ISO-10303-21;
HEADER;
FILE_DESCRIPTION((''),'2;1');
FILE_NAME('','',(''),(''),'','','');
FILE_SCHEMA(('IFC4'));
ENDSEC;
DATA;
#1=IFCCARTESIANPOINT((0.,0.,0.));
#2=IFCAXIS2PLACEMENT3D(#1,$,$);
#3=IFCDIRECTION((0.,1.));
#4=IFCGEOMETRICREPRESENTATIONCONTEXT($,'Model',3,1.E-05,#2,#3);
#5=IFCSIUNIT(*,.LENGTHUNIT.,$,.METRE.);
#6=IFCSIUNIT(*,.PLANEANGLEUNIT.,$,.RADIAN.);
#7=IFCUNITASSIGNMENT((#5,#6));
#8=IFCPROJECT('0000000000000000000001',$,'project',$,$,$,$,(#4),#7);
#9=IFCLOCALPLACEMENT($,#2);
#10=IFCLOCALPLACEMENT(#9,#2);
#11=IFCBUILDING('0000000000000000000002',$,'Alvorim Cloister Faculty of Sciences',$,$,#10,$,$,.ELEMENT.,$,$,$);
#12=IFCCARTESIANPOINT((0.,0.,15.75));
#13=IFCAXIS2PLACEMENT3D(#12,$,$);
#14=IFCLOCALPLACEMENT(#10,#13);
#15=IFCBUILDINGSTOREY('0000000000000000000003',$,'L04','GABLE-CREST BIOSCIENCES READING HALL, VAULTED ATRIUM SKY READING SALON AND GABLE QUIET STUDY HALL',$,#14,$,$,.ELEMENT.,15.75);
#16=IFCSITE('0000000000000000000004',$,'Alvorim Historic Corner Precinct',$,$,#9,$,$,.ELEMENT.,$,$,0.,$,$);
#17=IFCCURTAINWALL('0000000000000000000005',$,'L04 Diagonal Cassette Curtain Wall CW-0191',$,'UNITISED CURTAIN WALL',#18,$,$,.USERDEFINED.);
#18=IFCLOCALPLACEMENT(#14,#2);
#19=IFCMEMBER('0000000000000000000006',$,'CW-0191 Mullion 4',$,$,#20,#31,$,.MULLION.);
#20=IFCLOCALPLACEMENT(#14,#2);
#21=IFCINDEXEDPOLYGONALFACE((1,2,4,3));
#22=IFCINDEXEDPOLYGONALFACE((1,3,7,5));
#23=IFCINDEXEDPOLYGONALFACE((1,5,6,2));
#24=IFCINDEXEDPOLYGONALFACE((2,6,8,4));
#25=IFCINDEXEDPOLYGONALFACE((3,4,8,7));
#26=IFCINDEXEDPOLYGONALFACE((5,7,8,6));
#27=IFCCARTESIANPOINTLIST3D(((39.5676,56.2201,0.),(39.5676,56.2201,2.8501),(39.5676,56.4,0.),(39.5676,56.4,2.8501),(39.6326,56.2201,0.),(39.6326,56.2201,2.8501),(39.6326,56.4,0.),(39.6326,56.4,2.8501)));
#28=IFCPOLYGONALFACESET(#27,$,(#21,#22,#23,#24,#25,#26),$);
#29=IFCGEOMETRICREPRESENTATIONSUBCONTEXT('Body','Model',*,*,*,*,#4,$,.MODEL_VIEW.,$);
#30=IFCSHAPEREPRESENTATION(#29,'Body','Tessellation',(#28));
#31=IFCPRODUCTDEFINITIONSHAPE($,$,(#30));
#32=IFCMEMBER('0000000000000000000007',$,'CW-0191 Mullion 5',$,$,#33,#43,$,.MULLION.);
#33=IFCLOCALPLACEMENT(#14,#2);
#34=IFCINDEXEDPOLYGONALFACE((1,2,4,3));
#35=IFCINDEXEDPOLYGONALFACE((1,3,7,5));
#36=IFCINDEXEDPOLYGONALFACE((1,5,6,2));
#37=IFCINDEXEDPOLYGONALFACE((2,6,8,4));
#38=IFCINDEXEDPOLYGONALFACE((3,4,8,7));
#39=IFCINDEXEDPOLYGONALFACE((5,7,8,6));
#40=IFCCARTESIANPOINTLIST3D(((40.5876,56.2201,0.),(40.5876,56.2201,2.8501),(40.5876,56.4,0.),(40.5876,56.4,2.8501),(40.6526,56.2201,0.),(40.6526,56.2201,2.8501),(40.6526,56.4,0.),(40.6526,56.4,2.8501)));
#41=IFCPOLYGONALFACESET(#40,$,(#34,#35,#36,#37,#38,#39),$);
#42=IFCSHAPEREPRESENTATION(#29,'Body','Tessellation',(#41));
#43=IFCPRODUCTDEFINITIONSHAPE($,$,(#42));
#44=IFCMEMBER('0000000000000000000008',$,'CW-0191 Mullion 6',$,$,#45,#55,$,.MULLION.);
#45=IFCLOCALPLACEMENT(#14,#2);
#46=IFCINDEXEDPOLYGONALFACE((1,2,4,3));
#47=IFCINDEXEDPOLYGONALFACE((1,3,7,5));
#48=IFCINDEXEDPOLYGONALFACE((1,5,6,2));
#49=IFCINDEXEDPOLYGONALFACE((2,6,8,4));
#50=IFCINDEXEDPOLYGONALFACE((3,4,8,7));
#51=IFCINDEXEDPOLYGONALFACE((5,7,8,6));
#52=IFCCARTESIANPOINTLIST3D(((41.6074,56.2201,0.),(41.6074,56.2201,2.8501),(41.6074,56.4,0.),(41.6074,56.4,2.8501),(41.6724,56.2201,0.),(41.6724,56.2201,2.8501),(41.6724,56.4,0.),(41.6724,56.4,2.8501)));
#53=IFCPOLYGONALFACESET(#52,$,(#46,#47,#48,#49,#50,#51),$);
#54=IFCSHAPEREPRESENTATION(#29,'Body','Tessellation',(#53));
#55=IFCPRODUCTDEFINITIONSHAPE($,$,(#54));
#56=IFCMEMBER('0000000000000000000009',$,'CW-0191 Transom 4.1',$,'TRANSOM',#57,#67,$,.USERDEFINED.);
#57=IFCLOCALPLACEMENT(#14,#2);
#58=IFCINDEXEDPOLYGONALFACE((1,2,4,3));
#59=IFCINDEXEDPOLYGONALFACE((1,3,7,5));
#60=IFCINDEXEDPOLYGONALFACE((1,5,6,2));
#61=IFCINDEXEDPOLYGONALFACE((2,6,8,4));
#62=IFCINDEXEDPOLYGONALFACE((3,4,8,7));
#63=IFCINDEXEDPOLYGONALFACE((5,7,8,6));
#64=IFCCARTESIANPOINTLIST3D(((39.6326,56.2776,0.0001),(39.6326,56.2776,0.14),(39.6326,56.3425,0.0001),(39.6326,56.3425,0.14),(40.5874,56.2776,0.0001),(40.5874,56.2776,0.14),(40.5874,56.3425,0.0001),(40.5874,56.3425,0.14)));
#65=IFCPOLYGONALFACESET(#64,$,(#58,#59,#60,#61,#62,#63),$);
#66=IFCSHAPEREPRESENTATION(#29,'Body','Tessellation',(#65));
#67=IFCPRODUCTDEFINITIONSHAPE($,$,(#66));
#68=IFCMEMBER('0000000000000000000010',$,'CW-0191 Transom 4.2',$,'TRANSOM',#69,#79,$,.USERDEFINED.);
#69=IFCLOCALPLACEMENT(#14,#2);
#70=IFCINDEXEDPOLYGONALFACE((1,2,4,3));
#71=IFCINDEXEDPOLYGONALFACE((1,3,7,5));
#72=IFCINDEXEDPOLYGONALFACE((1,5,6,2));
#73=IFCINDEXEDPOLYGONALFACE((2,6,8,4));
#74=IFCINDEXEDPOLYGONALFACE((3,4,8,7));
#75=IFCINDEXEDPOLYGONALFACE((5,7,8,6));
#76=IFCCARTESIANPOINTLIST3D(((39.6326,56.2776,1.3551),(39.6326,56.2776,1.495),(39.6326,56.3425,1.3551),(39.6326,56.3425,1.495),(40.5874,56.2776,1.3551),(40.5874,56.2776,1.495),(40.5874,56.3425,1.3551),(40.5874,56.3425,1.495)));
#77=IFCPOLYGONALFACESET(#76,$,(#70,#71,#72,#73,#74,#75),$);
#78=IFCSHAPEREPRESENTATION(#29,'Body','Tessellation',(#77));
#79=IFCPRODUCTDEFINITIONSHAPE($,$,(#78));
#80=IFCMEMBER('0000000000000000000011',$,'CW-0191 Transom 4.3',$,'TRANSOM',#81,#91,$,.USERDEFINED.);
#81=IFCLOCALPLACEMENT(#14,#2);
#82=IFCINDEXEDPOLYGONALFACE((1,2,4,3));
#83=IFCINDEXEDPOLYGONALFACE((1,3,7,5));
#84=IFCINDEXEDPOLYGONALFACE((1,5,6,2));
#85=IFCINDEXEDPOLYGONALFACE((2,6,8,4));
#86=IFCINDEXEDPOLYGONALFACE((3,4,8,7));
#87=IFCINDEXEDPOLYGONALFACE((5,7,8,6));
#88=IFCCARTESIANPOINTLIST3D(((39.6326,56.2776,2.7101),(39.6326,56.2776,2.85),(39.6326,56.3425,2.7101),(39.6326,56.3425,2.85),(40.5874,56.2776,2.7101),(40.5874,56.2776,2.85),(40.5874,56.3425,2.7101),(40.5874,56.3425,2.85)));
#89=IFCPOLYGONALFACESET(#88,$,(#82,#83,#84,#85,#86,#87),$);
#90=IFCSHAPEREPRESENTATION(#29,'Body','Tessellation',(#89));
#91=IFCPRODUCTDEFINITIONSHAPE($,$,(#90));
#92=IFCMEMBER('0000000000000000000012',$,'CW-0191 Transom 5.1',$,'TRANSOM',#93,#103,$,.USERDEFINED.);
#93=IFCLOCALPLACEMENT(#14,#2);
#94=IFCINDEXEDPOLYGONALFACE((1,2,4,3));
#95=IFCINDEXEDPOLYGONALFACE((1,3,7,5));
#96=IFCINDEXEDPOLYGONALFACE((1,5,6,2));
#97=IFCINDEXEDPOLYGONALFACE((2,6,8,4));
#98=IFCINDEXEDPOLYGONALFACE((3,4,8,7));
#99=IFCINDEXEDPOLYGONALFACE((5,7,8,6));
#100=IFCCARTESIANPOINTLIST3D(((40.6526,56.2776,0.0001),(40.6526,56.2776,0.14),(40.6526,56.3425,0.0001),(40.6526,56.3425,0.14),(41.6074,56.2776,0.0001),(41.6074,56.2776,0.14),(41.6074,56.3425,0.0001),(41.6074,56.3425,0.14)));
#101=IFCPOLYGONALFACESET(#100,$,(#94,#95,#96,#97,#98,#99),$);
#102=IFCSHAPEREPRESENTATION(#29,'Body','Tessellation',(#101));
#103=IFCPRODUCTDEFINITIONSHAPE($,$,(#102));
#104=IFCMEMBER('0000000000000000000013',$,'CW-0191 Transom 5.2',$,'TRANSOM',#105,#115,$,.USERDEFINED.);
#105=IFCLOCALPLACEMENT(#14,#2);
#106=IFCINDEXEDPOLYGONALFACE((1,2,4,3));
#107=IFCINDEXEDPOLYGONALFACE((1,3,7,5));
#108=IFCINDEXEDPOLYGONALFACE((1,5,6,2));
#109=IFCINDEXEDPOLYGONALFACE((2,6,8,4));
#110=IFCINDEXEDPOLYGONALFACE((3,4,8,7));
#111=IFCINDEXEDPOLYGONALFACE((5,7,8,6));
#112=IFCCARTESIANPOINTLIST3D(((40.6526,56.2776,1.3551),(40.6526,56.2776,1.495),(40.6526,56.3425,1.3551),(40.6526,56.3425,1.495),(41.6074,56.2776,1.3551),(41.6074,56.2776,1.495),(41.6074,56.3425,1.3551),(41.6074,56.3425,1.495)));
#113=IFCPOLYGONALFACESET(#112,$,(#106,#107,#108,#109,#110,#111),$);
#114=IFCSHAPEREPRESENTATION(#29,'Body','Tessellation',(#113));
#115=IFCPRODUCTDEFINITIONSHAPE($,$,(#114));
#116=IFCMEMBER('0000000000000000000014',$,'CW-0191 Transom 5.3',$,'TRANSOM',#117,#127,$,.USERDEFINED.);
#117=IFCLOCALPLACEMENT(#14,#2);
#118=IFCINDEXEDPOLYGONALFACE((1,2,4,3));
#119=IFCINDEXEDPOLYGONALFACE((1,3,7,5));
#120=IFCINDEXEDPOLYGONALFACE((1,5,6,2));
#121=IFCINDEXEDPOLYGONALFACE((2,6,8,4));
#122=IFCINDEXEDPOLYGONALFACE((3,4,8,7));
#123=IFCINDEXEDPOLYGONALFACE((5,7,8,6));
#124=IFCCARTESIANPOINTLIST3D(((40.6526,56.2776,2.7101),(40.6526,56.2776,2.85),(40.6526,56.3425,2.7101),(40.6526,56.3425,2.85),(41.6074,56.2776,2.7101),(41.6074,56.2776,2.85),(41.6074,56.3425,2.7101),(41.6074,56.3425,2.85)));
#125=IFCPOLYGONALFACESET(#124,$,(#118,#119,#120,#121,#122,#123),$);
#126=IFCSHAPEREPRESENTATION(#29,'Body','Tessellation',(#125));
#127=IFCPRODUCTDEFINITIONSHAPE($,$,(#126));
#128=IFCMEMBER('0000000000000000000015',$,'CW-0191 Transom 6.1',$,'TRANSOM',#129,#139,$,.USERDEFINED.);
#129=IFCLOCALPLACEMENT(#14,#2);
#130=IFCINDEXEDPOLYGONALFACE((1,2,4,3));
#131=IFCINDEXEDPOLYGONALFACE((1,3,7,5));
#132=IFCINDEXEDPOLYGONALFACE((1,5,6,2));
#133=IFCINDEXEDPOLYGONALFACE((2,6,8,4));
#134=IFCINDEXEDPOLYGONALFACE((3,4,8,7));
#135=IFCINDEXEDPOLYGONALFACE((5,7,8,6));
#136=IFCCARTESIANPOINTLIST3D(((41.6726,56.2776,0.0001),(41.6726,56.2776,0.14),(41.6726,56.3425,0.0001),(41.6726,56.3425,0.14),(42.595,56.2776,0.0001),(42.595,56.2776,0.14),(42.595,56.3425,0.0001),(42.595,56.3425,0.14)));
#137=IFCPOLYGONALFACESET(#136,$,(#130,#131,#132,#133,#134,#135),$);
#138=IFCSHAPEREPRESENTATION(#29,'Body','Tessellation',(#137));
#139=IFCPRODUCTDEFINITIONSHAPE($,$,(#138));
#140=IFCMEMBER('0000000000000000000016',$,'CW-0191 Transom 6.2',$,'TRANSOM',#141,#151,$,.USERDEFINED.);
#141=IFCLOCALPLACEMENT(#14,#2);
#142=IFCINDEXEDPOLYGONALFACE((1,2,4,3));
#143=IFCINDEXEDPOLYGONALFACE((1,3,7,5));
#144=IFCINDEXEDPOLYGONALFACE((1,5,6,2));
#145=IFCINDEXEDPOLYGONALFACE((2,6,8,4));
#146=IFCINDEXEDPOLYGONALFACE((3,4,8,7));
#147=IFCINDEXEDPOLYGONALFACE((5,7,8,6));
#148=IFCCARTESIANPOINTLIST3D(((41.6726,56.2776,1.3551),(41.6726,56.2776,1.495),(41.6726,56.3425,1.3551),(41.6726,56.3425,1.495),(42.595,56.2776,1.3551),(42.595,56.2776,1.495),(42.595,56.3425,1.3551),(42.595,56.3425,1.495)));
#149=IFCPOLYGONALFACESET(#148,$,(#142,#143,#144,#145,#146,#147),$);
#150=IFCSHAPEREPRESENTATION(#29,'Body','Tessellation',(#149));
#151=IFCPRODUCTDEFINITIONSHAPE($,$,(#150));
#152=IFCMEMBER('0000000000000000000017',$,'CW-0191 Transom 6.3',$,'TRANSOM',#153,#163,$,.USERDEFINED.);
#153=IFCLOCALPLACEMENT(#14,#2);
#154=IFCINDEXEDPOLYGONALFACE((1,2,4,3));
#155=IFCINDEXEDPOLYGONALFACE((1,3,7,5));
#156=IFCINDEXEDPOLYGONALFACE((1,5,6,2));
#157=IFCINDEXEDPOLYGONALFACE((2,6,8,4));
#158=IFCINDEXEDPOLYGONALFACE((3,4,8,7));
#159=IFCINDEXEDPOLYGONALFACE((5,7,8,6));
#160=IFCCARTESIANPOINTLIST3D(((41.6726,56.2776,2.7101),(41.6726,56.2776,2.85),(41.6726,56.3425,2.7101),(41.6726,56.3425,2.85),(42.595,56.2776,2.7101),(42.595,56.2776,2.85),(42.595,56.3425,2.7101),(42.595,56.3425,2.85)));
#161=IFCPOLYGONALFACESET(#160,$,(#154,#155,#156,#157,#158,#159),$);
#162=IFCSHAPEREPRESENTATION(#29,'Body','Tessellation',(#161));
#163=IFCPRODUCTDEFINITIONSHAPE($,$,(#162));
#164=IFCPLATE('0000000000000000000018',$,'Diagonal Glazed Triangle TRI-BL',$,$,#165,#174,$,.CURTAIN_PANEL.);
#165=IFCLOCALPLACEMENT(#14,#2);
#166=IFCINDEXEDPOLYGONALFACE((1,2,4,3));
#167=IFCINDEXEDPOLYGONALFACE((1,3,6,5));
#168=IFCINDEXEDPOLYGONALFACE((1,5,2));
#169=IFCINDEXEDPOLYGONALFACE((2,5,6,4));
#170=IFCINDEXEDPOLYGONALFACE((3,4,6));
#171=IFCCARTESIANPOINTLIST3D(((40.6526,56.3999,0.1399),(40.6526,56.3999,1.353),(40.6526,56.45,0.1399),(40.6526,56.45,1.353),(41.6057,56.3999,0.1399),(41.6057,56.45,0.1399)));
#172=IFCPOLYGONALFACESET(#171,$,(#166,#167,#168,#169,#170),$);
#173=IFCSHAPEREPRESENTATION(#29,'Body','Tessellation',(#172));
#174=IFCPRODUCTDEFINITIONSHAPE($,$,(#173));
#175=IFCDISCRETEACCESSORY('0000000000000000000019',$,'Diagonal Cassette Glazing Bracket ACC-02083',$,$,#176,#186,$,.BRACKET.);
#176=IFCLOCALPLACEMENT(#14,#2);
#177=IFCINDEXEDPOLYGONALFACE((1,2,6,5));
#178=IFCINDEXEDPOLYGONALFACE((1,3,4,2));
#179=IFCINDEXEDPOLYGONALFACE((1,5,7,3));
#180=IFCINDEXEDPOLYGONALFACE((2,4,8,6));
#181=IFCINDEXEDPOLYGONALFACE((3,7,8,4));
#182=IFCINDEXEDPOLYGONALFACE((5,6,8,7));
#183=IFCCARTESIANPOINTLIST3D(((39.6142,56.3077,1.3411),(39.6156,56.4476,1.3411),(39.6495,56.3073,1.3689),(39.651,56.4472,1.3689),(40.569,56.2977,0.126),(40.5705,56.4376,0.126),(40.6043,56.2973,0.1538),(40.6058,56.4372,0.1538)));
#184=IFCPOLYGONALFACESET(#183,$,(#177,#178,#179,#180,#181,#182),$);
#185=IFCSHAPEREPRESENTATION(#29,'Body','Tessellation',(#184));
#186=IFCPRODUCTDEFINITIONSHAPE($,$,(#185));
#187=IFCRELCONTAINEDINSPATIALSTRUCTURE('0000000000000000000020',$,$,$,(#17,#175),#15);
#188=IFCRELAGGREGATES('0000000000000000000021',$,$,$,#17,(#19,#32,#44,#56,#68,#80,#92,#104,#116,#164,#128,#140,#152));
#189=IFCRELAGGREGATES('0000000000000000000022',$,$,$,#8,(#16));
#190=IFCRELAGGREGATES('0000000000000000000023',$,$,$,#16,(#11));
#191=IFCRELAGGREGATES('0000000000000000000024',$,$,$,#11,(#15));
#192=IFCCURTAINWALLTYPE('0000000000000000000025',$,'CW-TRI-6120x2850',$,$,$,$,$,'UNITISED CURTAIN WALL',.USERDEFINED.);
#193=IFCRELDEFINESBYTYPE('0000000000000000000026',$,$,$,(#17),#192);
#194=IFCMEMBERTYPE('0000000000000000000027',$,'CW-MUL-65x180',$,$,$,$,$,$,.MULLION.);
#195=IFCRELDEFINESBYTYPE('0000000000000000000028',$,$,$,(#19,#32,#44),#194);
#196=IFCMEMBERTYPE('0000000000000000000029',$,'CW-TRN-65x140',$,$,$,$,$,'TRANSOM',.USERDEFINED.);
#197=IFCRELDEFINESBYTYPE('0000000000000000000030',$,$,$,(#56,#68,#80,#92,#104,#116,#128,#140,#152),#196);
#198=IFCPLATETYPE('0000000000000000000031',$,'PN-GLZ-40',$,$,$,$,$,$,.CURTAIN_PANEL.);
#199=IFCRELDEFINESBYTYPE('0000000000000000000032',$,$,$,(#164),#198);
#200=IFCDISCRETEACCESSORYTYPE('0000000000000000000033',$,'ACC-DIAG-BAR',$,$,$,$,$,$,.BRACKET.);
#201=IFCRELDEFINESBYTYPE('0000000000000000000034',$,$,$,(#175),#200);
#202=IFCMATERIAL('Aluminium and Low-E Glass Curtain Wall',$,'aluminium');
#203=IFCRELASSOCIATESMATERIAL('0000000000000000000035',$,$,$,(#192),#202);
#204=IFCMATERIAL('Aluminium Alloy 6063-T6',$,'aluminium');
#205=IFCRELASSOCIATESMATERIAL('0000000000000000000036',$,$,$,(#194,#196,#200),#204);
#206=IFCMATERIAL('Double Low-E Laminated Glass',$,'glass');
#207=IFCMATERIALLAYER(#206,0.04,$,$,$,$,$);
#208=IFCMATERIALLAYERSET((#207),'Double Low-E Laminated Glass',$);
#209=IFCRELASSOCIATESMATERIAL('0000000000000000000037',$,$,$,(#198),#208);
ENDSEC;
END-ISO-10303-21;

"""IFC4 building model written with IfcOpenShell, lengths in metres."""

from ifc_helpers import new_model, si_unit, direction, frame, origin, origin_2d, place, context, subcontext, project, spatial, polyline, rectangle, outline, extrude, material, layer, layer_set, material_profile, profile_set, type_object, element, aggregate, save


model = new_model("IFC4")

# Units and contexts
model_context = context("Model", 3, precision=1e-05, world=origin(), true_north=direction((0.0, 1.0)))
body_context = subcontext(model_context, "Body", "Model", "MODEL_VIEW")
ifc_project = project(units=[si_unit("LENGTHUNIT", "METRE"), si_unit("PLANEANGLEUNIT", "RADIAN")], contexts=[model_context])

# Site, building, storey
site_placement = place(None, origin())
site = spatial("IfcSite", under=ifc_project, at=site_placement, Name="Alvorim Historic Corner Precinct", CompositionType="ELEMENT", RefElevation=0.0)
building_placement = place(site_placement, origin())
building = spatial("IfcBuilding", under=site, at=building_placement, Name="Alvorim Cloister Faculty of Sciences", CompositionType="ELEMENT")
storey_placement = place(building_placement, frame((0.0, 0.0, 15.75)))
storey = spatial("IfcBuildingStorey", under=building, at=storey_placement, Name="L04", Description="GABLE-CREST BIOSCIENCES READING HALL, VAULTED ATRIUM SKY READING SALON AND GABLE QUIET STUDY HALL", CompositionType="ELEMENT", Elevation=15.75)

# Curtain wall, members, plate
ifc_material_1 = material(Name="Aluminium and Low-E Glass Curtain Wall", Category="aluminium")
curtain_wall_type = type_object("IfcCurtainWallType", Name="CW-TRI-6120x2850", ElementType="UNITISED CURTAIN WALL", PredefinedType="USERDEFINED", material=ifc_material_1)
curtain_wall_placement = place(storey_placement, origin())
curtain_wall = element("IfcCurtainWall", 1, at=curtain_wall_placement, inside=storey, type_object=curtain_wall_type, Name="L04 Diagonal Cassette Curtain Wall CW-0191", ObjectType="UNITISED CURTAIN WALL", PredefinedType="USERDEFINED")
ifc_material_2 = material(Name="Aluminium Alloy 6063-T6", Category="aluminium")
ifc_material_profile_1 = material_profile(ifc_material_2, rectangle(XDim=0.0649, YDim=0.1799, at=origin_2d()), Name="ALU-MUL-65x180")
ifc_profile_set_1 = profile_set([ifc_material_profile_1], Name="Aluminium Alloy 6063-T6")
member_type_1 = type_object("IfcMemberType", Name="CW-MUL-65x180", PredefinedType="MULLION", material=ifc_profile_set_1)
member_1_placement = place(storey_placement, frame((39.6001, 56.3101, 0.0), z_axis=(0.0, 0.0, 1.0), x_axis=(1.0, 0.0, 0.0)))
member_1 = element("IfcMember", 2, at=member_1_placement, type_object=member_type_1, Name="CW-0191 Mullion 4", PredefinedType="MULLION", context=body_context, shape_type="SweptSolid", body=[
    extrude(rectangle(XDim=0.0649, YDim=0.1799, at=origin_2d()), origin(), (0.0, 0.0, 1.0), 2.8501),
])
member_2_placement = place(storey_placement, frame((40.6201, 56.3101, 0.0), z_axis=(0.0, 0.0, 1.0), x_axis=(1.0, 0.0, 0.0)))
member_2 = element("IfcMember", 3, at=member_2_placement, type_object=member_type_1, Name="CW-0191 Mullion 5", PredefinedType="MULLION", context=body_context, shape_type="SweptSolid", body=[
    extrude(rectangle(XDim=0.0649, YDim=0.1799, at=origin_2d()), origin(), (0.0, 0.0, 1.0), 2.8501),
])
member_3_placement = place(storey_placement, frame((41.6399, 56.3101, 0.0), z_axis=(0.0, 0.0, 1.0), x_axis=(1.0, 0.0, 0.0)))
member_3 = element("IfcMember", 4, at=member_3_placement, type_object=member_type_1, Name="CW-0191 Mullion 6", PredefinedType="MULLION", context=body_context, shape_type="SweptSolid", body=[
    extrude(rectangle(XDim=0.0649, YDim=0.1799, at=origin_2d()), origin(), (0.0, 0.0, 1.0), 2.8501),
])
ifc_material_profile_2 = material_profile(ifc_material_2, rectangle(XDim=0.0649, YDim=0.1399, at=origin_2d()), Name="ALU-TRN-65x140")
ifc_profile_set_2 = profile_set([ifc_material_profile_2], Name="Aluminium Alloy 6063-T6")
member_type_2 = type_object("IfcMemberType", Name="CW-TRN-65x140", ElementType="TRANSOM", PredefinedType="USERDEFINED", material=ifc_profile_set_2)
member_4_placement = place(storey_placement, frame((39.6326, 56.3101, 0.0701), z_axis=(1.0, 0.0, 0.0), x_axis=(0.0, 1.0, 0.0)))
member_4 = element("IfcMember", 5, at=member_4_placement, type_object=member_type_2, Name="CW-0191 Transom 4.1", ObjectType="TRANSOM", PredefinedType="USERDEFINED", context=body_context, shape_type="SweptSolid", body=[
    extrude(rectangle(XDim=0.0649, YDim=0.1399, at=origin_2d()), origin(), (0.0, 0.0, 1.0), 0.9548),
])
member_5_placement = place(storey_placement, frame((39.6326, 56.3101, 1.425), z_axis=(1.0, 0.0, 0.0), x_axis=(0.0, 1.0, 0.0)))
member_5 = element("IfcMember", 6, at=member_5_placement, type_object=member_type_2, Name="CW-0191 Transom 4.2", ObjectType="TRANSOM", PredefinedType="USERDEFINED", context=body_context, shape_type="SweptSolid", body=[
    extrude(rectangle(XDim=0.0649, YDim=0.1399, at=origin_2d()), origin(), (0.0, 0.0, 1.0), 0.9548),
])
member_6_placement = place(storey_placement, frame((39.6326, 56.3101, 2.78), z_axis=(1.0, 0.0, 0.0), x_axis=(0.0, 1.0, 0.0)))
member_6 = element("IfcMember", 7, at=member_6_placement, type_object=member_type_2, Name="CW-0191 Transom 4.3", ObjectType="TRANSOM", PredefinedType="USERDEFINED", context=body_context, shape_type="SweptSolid", body=[
    extrude(rectangle(XDim=0.0649, YDim=0.1399, at=origin_2d()), origin(), (0.0, 0.0, 1.0), 0.9548),
])
member_7_placement = place(storey_placement, frame((40.6526, 56.3101, 0.0701), z_axis=(1.0, 0.0, 0.0), x_axis=(0.0, 1.0, 0.0)))
member_7 = element("IfcMember", 8, at=member_7_placement, type_object=member_type_2, Name="CW-0191 Transom 5.1", ObjectType="TRANSOM", PredefinedType="USERDEFINED", context=body_context, shape_type="SweptSolid", body=[
    extrude(rectangle(XDim=0.0649, YDim=0.1399, at=origin_2d()), origin(), (0.0, 0.0, 1.0), 0.9548),
])
member_8_placement = place(storey_placement, frame((40.6526, 56.3101, 1.425), z_axis=(1.0, 0.0, 0.0), x_axis=(0.0, 1.0, 0.0)))
member_8 = element("IfcMember", 9, at=member_8_placement, type_object=member_type_2, Name="CW-0191 Transom 5.2", ObjectType="TRANSOM", PredefinedType="USERDEFINED", context=body_context, shape_type="SweptSolid", body=[
    extrude(rectangle(XDim=0.0649, YDim=0.1399, at=origin_2d()), origin(), (0.0, 0.0, 1.0), 0.9548),
])
member_9_placement = place(storey_placement, frame((40.6526, 56.3101, 2.78), z_axis=(1.0, 0.0, 0.0), x_axis=(0.0, 1.0, 0.0)))
member_9 = element("IfcMember", 10, at=member_9_placement, type_object=member_type_2, Name="CW-0191 Transom 5.3", ObjectType="TRANSOM", PredefinedType="USERDEFINED", context=body_context, shape_type="SweptSolid", body=[
    extrude(rectangle(XDim=0.0649, YDim=0.1399, at=origin_2d()), origin(), (0.0, 0.0, 1.0), 0.9548),
])
member_10_placement = place(storey_placement, frame((41.6726, 56.3101, 0.0701), z_axis=(1.0, 0.0, 0.0), x_axis=(0.0, 1.0, 0.0)))
member_10 = element("IfcMember", 11, at=member_10_placement, type_object=member_type_2, Name="CW-0191 Transom 6.1", ObjectType="TRANSOM", PredefinedType="USERDEFINED", context=body_context, shape_type="SweptSolid", body=[
    extrude(rectangle(XDim=0.0649, YDim=0.1399, at=origin_2d()), origin(), (0.0, 0.0, 1.0), 0.9224),
])
member_11_placement = place(storey_placement, frame((41.6726, 56.3101, 1.425), z_axis=(1.0, 0.0, 0.0), x_axis=(0.0, 1.0, 0.0)))
member_11 = element("IfcMember", 12, at=member_11_placement, type_object=member_type_2, Name="CW-0191 Transom 6.2", ObjectType="TRANSOM", PredefinedType="USERDEFINED", context=body_context, shape_type="SweptSolid", body=[
    extrude(rectangle(XDim=0.0649, YDim=0.1399, at=origin_2d()), origin(), (0.0, 0.0, 1.0), 0.9224),
])
member_12_placement = place(storey_placement, frame((41.6726, 56.3101, 2.78), z_axis=(1.0, 0.0, 0.0), x_axis=(0.0, 1.0, 0.0)))
member_12 = element("IfcMember", 13, at=member_12_placement, type_object=member_type_2, Name="CW-0191 Transom 6.3", ObjectType="TRANSOM", PredefinedType="USERDEFINED", context=body_context, shape_type="SweptSolid", body=[
    extrude(rectangle(XDim=0.0649, YDim=0.1399, at=origin_2d()), origin(), (0.0, 0.0, 1.0), 0.9224),
])
ifc_material_3 = material(Name="Double Low-E Laminated Glass", Category="glass")
ifc_layer = layer(ifc_material_3, 0.04)
ifc_layer_set = layer_set([ifc_layer], Name="Double Low-E Laminated Glass")
plate_type = type_object("IfcPlateType", Name="PN-GLZ-40", PredefinedType="CURTAIN_PANEL", material=ifc_layer_set)
plate_1_placement = place(storey_placement, frame((40.6526, 56.425, 0.1399), z_axis=(0.0, 0.0, 1.0), x_axis=(1.0, 0.0, 0.0)))
plate_1 = element("IfcPlate", 14, at=plate_1_placement, type_object=plate_type, Name="Diagonal Glazed Triangle TRI-BL", PredefinedType="CURTAIN_PANEL", context=body_context, shape_type="SweptSolid", body=[
    extrude(outline(polyline([(0.0, 0.0), (0.9531, 0.0), (0.0, 1.2131), (0.0, 0.0)])), frame((0.0, 0.0249, 0.0), z_axis=(0.0, -1.0, 0.0), x_axis=(1.0, 0.0, 0.0)), (0.0, 0.0, 1.0), 0.05),
])
aggregate(curtain_wall, [member_1, member_2, member_3, member_4, member_5, member_6, member_7, member_8, member_9, plate_1, member_10, member_11, member_12])

# Discrete accessory
discrete_accessory_type = type_object("IfcDiscreteAccessoryType", Name="ACC-DIAG-BAR", PredefinedType="BRACKET", material=ifc_material_2)
discrete_accessory_1_placement = place(storey_placement, frame((39.6326, 56.3774, 1.355), z_axis=(0.617857, -0.006477, -0.786263), x_axis=(0.010483, 0.999945, 0.0)))
element("IfcDiscreteAccessory", 15, at=discrete_accessory_1_placement, inside=storey, type_object=discrete_accessory_type, Name="Diagonal Cassette Glazing Bracket ACC-02083", PredefinedType="BRACKET", context=body_context, shape_type="SweptSolid", body=[
    extrude(rectangle(XDim=0.1399, YDim=0.0449, at=origin_2d()), origin(), (0.0, 0.0, 1.0), 1.5454),
])

save(model, "model.ifc")
